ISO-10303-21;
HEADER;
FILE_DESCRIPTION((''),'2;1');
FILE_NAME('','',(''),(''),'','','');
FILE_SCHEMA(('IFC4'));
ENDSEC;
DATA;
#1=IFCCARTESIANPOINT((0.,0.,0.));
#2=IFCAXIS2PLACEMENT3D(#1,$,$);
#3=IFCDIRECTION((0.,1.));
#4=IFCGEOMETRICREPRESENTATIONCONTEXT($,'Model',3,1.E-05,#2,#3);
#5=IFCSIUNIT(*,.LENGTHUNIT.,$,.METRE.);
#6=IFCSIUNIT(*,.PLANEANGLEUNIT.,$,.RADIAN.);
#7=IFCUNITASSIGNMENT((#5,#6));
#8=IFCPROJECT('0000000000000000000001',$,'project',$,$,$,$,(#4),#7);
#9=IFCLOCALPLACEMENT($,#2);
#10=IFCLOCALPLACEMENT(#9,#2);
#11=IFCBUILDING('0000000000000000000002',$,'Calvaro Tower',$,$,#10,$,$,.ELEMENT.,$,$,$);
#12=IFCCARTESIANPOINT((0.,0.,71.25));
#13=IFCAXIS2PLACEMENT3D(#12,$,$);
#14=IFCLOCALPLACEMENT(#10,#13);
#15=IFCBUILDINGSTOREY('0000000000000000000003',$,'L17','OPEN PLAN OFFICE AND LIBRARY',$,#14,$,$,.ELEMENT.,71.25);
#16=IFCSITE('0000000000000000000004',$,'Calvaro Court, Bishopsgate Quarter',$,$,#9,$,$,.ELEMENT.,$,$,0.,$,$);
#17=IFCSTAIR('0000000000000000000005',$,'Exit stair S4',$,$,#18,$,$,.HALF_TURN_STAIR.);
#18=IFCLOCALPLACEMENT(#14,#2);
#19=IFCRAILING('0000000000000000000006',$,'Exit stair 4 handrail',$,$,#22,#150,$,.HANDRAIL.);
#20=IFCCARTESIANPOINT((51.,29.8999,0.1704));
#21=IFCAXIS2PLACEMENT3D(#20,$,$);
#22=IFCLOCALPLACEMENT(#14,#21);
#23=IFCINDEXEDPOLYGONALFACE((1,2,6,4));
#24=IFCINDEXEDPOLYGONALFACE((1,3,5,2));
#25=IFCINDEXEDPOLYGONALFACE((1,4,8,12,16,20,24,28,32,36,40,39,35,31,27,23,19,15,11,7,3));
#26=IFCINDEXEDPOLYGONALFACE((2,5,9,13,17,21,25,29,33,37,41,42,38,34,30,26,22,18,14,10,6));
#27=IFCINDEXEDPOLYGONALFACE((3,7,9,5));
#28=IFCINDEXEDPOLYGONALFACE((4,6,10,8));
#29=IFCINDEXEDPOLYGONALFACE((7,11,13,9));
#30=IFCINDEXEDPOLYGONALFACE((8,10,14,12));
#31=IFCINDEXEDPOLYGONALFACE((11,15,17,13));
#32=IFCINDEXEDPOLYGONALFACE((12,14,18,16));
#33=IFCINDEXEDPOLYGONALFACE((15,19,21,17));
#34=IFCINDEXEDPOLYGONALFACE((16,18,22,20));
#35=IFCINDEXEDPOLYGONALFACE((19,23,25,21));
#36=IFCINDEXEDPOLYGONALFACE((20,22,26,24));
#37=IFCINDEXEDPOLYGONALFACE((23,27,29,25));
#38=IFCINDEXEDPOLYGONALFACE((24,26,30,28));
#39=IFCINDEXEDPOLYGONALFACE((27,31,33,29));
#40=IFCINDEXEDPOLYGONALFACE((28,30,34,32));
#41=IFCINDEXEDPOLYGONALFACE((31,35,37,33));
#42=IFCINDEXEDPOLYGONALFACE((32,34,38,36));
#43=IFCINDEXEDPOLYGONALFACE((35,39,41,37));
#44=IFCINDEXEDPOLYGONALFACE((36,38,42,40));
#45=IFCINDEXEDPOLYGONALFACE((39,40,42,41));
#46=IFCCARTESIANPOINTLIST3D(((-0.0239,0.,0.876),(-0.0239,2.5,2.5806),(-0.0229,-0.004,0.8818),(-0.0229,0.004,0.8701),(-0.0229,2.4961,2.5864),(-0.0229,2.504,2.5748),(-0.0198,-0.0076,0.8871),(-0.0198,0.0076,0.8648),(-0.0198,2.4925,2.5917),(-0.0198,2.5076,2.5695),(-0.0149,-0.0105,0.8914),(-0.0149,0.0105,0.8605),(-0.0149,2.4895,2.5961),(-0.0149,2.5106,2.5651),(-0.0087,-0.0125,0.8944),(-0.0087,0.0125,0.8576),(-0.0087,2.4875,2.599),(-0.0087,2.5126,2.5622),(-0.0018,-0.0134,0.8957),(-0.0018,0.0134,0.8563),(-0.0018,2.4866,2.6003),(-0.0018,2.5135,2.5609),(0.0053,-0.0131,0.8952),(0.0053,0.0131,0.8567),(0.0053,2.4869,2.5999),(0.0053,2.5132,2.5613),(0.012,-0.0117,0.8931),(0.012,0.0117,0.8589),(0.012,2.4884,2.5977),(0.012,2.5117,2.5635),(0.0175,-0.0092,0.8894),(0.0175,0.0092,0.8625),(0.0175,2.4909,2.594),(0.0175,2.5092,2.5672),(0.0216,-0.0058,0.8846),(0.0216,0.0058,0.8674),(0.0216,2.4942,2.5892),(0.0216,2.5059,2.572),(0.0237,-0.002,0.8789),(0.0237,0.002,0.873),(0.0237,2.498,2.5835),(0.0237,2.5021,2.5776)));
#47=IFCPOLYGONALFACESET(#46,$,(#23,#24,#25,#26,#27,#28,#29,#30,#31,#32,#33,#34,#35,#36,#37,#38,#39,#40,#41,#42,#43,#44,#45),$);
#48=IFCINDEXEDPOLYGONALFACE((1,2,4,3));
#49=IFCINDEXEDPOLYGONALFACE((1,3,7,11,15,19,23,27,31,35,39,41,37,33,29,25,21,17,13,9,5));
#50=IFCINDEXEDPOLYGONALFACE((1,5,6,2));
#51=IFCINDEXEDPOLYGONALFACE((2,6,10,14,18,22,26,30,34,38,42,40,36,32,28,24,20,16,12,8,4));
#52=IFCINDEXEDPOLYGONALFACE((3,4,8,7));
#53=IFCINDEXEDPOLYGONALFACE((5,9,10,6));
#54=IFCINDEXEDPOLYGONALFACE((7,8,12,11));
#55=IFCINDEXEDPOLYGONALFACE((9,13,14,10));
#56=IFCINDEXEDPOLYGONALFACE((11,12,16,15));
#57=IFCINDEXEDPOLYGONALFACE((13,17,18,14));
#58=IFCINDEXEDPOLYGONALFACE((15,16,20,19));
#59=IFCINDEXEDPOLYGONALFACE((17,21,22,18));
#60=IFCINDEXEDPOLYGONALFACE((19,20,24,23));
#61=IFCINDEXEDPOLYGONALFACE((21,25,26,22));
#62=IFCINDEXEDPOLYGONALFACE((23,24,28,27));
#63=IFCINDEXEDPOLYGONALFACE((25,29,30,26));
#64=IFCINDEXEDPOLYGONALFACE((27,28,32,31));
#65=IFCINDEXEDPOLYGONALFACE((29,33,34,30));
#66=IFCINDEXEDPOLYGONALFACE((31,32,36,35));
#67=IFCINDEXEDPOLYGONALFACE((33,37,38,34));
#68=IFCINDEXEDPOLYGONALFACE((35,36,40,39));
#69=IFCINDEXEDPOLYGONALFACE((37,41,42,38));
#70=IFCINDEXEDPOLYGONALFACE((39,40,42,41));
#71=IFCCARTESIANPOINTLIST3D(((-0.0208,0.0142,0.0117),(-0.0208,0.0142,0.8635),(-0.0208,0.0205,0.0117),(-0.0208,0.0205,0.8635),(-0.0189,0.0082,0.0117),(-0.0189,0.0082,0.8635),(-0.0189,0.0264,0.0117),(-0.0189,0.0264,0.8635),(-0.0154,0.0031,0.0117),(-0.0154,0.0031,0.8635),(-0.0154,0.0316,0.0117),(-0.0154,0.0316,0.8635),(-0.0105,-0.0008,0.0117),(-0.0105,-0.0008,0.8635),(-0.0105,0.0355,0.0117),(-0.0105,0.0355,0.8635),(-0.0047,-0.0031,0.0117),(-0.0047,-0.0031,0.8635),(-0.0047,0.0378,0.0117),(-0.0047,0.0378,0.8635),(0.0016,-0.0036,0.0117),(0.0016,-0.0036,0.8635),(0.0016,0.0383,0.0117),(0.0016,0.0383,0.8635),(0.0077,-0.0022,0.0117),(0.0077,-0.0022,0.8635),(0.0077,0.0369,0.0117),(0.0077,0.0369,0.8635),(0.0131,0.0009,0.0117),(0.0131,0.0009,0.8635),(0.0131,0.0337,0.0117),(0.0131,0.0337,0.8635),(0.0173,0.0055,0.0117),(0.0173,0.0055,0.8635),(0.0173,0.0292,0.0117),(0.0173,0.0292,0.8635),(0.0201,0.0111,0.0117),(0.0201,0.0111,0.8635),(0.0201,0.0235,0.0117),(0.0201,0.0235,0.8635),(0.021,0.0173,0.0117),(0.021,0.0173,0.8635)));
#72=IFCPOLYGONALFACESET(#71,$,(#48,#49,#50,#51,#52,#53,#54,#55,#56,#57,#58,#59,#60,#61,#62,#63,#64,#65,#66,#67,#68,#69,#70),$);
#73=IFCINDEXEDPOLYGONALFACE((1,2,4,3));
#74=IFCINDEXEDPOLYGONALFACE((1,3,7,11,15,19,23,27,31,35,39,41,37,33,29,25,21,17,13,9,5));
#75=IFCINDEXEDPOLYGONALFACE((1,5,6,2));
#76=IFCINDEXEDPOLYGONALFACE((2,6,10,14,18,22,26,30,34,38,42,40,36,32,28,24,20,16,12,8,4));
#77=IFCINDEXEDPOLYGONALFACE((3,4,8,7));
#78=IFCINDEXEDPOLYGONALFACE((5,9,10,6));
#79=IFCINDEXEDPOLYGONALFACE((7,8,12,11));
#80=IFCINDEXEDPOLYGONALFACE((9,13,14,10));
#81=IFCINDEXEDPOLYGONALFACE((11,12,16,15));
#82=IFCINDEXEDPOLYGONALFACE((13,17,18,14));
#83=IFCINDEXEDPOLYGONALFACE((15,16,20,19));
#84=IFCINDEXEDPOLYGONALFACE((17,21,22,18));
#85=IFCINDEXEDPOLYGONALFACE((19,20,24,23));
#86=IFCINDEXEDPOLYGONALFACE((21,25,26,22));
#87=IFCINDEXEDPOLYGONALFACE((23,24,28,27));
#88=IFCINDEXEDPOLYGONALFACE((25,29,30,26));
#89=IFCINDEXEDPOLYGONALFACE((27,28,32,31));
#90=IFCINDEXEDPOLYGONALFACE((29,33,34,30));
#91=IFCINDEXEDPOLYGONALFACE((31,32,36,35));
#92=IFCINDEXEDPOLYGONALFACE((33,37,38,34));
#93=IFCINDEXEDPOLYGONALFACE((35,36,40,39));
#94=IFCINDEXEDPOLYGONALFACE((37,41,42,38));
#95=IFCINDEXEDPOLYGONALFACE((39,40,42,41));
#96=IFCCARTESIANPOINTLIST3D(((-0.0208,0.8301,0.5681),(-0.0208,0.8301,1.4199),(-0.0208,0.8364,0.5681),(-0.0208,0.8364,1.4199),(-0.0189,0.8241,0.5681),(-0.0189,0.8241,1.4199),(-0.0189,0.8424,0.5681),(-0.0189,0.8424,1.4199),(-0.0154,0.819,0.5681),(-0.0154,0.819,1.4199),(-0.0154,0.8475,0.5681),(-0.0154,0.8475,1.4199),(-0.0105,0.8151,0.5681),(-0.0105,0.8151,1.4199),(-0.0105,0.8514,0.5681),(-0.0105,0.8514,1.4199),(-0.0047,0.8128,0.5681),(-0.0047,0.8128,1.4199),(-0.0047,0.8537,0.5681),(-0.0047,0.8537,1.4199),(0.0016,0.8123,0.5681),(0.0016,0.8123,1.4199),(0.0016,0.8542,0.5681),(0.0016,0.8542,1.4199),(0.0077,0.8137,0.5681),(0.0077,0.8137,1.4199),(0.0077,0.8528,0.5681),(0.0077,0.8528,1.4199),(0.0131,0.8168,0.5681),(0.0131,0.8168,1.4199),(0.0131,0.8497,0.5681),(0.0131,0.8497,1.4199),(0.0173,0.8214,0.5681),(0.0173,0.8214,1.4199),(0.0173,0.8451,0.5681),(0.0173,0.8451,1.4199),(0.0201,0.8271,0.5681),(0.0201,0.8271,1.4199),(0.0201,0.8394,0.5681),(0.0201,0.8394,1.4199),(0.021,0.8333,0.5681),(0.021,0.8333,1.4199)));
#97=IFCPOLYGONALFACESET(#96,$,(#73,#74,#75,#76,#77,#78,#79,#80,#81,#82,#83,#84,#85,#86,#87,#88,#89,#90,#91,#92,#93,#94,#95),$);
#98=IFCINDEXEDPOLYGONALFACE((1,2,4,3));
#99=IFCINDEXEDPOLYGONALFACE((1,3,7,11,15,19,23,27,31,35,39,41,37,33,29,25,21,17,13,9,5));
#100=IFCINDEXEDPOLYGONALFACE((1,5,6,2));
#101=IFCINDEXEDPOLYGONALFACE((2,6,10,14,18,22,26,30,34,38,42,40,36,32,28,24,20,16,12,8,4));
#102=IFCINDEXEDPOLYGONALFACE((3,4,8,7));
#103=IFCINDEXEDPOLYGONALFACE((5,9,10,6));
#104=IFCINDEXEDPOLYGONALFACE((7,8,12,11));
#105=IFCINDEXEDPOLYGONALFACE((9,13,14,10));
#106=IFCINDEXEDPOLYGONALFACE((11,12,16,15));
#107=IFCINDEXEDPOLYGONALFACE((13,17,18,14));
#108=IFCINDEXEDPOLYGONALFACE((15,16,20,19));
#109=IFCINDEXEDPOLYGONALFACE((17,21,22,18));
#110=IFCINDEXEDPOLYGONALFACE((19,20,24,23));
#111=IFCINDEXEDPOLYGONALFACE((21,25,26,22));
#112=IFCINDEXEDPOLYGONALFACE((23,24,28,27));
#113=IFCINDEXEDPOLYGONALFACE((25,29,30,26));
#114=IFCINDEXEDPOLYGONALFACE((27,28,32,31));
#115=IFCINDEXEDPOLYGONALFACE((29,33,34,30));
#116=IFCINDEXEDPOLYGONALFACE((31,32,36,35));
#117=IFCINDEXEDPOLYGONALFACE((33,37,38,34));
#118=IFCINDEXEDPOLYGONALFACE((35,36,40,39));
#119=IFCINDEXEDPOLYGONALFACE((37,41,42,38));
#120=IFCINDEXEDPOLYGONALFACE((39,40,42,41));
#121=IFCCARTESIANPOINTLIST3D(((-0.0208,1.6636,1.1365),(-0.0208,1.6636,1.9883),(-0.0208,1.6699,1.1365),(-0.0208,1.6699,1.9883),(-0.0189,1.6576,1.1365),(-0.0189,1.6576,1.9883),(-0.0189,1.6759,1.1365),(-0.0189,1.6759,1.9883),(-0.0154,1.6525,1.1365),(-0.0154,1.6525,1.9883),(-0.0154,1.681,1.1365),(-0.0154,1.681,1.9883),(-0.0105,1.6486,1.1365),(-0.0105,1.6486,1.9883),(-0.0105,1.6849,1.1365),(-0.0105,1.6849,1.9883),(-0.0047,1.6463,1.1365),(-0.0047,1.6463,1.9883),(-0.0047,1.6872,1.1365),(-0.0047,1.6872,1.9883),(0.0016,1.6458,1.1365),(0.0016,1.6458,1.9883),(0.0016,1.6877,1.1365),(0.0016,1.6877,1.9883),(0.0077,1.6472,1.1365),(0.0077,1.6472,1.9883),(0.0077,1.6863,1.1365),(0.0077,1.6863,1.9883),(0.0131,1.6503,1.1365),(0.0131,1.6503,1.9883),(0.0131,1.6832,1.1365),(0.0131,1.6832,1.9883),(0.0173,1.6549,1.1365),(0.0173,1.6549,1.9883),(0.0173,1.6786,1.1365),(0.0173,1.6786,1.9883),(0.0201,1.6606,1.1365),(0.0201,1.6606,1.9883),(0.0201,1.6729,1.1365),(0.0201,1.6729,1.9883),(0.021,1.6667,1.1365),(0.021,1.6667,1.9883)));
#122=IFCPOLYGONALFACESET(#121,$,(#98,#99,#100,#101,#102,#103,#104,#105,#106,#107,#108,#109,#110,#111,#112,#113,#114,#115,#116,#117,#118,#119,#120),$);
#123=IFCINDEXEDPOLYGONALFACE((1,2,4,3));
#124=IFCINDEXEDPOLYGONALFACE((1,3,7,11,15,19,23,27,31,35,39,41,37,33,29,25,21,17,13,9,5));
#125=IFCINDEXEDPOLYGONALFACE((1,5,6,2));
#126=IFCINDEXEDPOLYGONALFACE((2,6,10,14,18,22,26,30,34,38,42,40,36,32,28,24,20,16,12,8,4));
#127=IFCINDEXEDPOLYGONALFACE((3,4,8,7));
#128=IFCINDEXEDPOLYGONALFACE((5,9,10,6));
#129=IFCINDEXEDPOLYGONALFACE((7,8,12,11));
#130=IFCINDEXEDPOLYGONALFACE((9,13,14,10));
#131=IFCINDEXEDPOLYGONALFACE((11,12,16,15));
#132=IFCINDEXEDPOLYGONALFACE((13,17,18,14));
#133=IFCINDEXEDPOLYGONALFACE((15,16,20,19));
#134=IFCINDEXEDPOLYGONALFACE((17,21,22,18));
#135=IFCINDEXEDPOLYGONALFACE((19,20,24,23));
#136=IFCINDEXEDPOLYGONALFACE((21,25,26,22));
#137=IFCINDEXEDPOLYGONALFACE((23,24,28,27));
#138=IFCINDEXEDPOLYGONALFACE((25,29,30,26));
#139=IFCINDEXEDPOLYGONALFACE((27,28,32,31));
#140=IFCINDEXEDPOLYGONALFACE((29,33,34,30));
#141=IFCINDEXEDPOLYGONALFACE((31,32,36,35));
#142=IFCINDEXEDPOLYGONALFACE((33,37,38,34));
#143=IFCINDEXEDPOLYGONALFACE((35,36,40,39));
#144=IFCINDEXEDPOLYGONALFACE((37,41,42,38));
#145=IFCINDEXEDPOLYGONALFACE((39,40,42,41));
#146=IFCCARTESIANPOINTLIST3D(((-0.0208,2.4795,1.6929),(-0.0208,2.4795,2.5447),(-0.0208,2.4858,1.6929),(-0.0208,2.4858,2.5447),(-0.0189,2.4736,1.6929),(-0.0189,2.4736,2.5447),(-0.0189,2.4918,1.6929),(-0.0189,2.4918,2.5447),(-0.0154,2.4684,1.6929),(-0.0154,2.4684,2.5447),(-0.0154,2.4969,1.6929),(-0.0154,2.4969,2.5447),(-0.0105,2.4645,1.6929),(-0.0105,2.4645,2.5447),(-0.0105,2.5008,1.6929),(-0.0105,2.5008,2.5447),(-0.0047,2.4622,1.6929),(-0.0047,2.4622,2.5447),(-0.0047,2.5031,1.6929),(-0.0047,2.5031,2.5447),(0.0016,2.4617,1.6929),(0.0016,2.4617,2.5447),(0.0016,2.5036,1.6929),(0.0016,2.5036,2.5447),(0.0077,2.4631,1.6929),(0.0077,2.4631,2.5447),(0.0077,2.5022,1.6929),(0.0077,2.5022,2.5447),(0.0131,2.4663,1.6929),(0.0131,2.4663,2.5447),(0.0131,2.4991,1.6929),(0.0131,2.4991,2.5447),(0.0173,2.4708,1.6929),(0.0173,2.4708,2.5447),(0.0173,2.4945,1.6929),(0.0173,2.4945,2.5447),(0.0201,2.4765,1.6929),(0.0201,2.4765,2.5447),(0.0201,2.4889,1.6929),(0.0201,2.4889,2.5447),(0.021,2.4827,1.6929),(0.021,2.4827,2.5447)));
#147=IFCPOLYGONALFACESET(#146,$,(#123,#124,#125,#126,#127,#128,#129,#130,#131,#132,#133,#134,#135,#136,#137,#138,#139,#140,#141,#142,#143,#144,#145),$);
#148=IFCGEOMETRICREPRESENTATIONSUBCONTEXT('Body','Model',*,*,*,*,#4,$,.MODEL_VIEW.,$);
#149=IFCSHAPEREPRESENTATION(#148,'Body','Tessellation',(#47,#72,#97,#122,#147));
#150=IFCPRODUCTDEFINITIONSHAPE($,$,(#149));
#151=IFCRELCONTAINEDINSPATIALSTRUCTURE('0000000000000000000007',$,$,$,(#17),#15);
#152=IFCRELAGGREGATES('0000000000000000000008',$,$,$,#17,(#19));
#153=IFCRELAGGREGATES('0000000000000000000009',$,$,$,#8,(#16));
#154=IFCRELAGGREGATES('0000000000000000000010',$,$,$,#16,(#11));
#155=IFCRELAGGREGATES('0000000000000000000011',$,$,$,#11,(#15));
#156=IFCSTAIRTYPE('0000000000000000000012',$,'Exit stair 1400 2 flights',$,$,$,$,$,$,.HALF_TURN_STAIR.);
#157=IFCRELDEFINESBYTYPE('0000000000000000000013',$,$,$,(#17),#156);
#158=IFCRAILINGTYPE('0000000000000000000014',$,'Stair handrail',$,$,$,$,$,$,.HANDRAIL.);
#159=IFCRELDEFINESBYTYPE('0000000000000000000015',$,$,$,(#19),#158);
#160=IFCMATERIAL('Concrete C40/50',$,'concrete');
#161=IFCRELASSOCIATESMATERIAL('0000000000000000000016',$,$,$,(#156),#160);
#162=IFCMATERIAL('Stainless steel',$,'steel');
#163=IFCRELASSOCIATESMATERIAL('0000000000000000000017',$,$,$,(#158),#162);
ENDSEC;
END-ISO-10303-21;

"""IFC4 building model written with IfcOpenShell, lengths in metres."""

from ifc_helpers import new_model, si_unit, direction, frame, origin, origin_2d, place, context, subcontext, project, spatial, circle, extrude, material, type_object, element, aggregate, save


model = new_model("IFC4")

# Units and contexts
model_context = context("Model", 3, precision=1e-05, world=origin(), true_north=direction((0.0, 1.0)))
body_context = subcontext(model_context, "Body", "Model", "MODEL_VIEW")
ifc_project = project(units=[si_unit("LENGTHUNIT", "METRE"), si_unit("PLANEANGLEUNIT", "RADIAN")], contexts=[model_context])

# Site, building, storey
site_placement = place(None, origin())
site = spatial("IfcSite", under=ifc_project, at=site_placement, Name="Calvaro Court, Bishopsgate Quarter", CompositionType="ELEMENT", RefElevation=0.0)
building_placement = place(site_placement, origin())
building = spatial("IfcBuilding", under=site, at=building_placement, Name="Calvaro Tower", CompositionType="ELEMENT")
storey_placement = place(building_placement, frame((0.0, 0.0, 71.25)))
storey = spatial("IfcBuildingStorey", under=building, at=storey_placement, Name="L17", Description="OPEN PLAN OFFICE AND LIBRARY", CompositionType="ELEMENT", Elevation=71.25)

# Stair
ifc_material_1 = material(Name="Concrete C40/50", Category="concrete")
stair_type = type_object("IfcStairType", Name="Exit stair 1400 2 flights", PredefinedType="HALF_TURN_STAIR", material=ifc_material_1)
stair_1_placement = place(storey_placement, origin())
stair_1 = element("IfcStair", 1, at=stair_1_placement, inside=storey, type_object=stair_type, Name="Exit stair S4", PredefinedType="HALF_TURN_STAIR")

# Railing
ifc_material_2 = material(Name="Stainless steel", Category="steel")
railing_type = type_object("IfcRailingType", Name="Stair handrail", PredefinedType="HANDRAIL", material=ifc_material_2)
railing_1_placement = place(storey_placement, frame((51.0, 29.8999, 0.1704)))
railing_1 = element("IfcRailing", 2, at=railing_1_placement, type_object=railing_type, Name="Exit stair 4 handrail", PredefinedType="HANDRAIL", context=body_context, shape_type="SweptSolid", body=[
    extrude(circle(Radius=0.0239, at=origin_2d()), frame((0.0, 0.0, 0.876), z_axis=(0.0, 0.826221, 0.563347), x_axis=(-1.0, 0.0, 0.0)), (0.0, 0.0, 1.0), 3.0259),
    extrude(circle(Radius=0.021, at=origin_2d()), frame((0.0, 0.0173, 0.0117)), (0.0, 0.0, 1.0), 0.8518),
    extrude(circle(Radius=0.021, at=origin_2d()), frame((0.0, 0.8333, 0.5681)), (0.0, 0.0, 1.0), 0.8518),
    extrude(circle(Radius=0.021, at=origin_2d()), frame((0.0, 1.6667, 1.1365)), (0.0, 0.0, 1.0), 0.8518),
    extrude(circle(Radius=0.021, at=origin_2d()), frame((0.0, 2.4827, 1.6929)), (0.0, 0.0, 1.0), 0.8518),
])
aggregate(stair_1, [railing_1])

save(model, "model.ifc")
